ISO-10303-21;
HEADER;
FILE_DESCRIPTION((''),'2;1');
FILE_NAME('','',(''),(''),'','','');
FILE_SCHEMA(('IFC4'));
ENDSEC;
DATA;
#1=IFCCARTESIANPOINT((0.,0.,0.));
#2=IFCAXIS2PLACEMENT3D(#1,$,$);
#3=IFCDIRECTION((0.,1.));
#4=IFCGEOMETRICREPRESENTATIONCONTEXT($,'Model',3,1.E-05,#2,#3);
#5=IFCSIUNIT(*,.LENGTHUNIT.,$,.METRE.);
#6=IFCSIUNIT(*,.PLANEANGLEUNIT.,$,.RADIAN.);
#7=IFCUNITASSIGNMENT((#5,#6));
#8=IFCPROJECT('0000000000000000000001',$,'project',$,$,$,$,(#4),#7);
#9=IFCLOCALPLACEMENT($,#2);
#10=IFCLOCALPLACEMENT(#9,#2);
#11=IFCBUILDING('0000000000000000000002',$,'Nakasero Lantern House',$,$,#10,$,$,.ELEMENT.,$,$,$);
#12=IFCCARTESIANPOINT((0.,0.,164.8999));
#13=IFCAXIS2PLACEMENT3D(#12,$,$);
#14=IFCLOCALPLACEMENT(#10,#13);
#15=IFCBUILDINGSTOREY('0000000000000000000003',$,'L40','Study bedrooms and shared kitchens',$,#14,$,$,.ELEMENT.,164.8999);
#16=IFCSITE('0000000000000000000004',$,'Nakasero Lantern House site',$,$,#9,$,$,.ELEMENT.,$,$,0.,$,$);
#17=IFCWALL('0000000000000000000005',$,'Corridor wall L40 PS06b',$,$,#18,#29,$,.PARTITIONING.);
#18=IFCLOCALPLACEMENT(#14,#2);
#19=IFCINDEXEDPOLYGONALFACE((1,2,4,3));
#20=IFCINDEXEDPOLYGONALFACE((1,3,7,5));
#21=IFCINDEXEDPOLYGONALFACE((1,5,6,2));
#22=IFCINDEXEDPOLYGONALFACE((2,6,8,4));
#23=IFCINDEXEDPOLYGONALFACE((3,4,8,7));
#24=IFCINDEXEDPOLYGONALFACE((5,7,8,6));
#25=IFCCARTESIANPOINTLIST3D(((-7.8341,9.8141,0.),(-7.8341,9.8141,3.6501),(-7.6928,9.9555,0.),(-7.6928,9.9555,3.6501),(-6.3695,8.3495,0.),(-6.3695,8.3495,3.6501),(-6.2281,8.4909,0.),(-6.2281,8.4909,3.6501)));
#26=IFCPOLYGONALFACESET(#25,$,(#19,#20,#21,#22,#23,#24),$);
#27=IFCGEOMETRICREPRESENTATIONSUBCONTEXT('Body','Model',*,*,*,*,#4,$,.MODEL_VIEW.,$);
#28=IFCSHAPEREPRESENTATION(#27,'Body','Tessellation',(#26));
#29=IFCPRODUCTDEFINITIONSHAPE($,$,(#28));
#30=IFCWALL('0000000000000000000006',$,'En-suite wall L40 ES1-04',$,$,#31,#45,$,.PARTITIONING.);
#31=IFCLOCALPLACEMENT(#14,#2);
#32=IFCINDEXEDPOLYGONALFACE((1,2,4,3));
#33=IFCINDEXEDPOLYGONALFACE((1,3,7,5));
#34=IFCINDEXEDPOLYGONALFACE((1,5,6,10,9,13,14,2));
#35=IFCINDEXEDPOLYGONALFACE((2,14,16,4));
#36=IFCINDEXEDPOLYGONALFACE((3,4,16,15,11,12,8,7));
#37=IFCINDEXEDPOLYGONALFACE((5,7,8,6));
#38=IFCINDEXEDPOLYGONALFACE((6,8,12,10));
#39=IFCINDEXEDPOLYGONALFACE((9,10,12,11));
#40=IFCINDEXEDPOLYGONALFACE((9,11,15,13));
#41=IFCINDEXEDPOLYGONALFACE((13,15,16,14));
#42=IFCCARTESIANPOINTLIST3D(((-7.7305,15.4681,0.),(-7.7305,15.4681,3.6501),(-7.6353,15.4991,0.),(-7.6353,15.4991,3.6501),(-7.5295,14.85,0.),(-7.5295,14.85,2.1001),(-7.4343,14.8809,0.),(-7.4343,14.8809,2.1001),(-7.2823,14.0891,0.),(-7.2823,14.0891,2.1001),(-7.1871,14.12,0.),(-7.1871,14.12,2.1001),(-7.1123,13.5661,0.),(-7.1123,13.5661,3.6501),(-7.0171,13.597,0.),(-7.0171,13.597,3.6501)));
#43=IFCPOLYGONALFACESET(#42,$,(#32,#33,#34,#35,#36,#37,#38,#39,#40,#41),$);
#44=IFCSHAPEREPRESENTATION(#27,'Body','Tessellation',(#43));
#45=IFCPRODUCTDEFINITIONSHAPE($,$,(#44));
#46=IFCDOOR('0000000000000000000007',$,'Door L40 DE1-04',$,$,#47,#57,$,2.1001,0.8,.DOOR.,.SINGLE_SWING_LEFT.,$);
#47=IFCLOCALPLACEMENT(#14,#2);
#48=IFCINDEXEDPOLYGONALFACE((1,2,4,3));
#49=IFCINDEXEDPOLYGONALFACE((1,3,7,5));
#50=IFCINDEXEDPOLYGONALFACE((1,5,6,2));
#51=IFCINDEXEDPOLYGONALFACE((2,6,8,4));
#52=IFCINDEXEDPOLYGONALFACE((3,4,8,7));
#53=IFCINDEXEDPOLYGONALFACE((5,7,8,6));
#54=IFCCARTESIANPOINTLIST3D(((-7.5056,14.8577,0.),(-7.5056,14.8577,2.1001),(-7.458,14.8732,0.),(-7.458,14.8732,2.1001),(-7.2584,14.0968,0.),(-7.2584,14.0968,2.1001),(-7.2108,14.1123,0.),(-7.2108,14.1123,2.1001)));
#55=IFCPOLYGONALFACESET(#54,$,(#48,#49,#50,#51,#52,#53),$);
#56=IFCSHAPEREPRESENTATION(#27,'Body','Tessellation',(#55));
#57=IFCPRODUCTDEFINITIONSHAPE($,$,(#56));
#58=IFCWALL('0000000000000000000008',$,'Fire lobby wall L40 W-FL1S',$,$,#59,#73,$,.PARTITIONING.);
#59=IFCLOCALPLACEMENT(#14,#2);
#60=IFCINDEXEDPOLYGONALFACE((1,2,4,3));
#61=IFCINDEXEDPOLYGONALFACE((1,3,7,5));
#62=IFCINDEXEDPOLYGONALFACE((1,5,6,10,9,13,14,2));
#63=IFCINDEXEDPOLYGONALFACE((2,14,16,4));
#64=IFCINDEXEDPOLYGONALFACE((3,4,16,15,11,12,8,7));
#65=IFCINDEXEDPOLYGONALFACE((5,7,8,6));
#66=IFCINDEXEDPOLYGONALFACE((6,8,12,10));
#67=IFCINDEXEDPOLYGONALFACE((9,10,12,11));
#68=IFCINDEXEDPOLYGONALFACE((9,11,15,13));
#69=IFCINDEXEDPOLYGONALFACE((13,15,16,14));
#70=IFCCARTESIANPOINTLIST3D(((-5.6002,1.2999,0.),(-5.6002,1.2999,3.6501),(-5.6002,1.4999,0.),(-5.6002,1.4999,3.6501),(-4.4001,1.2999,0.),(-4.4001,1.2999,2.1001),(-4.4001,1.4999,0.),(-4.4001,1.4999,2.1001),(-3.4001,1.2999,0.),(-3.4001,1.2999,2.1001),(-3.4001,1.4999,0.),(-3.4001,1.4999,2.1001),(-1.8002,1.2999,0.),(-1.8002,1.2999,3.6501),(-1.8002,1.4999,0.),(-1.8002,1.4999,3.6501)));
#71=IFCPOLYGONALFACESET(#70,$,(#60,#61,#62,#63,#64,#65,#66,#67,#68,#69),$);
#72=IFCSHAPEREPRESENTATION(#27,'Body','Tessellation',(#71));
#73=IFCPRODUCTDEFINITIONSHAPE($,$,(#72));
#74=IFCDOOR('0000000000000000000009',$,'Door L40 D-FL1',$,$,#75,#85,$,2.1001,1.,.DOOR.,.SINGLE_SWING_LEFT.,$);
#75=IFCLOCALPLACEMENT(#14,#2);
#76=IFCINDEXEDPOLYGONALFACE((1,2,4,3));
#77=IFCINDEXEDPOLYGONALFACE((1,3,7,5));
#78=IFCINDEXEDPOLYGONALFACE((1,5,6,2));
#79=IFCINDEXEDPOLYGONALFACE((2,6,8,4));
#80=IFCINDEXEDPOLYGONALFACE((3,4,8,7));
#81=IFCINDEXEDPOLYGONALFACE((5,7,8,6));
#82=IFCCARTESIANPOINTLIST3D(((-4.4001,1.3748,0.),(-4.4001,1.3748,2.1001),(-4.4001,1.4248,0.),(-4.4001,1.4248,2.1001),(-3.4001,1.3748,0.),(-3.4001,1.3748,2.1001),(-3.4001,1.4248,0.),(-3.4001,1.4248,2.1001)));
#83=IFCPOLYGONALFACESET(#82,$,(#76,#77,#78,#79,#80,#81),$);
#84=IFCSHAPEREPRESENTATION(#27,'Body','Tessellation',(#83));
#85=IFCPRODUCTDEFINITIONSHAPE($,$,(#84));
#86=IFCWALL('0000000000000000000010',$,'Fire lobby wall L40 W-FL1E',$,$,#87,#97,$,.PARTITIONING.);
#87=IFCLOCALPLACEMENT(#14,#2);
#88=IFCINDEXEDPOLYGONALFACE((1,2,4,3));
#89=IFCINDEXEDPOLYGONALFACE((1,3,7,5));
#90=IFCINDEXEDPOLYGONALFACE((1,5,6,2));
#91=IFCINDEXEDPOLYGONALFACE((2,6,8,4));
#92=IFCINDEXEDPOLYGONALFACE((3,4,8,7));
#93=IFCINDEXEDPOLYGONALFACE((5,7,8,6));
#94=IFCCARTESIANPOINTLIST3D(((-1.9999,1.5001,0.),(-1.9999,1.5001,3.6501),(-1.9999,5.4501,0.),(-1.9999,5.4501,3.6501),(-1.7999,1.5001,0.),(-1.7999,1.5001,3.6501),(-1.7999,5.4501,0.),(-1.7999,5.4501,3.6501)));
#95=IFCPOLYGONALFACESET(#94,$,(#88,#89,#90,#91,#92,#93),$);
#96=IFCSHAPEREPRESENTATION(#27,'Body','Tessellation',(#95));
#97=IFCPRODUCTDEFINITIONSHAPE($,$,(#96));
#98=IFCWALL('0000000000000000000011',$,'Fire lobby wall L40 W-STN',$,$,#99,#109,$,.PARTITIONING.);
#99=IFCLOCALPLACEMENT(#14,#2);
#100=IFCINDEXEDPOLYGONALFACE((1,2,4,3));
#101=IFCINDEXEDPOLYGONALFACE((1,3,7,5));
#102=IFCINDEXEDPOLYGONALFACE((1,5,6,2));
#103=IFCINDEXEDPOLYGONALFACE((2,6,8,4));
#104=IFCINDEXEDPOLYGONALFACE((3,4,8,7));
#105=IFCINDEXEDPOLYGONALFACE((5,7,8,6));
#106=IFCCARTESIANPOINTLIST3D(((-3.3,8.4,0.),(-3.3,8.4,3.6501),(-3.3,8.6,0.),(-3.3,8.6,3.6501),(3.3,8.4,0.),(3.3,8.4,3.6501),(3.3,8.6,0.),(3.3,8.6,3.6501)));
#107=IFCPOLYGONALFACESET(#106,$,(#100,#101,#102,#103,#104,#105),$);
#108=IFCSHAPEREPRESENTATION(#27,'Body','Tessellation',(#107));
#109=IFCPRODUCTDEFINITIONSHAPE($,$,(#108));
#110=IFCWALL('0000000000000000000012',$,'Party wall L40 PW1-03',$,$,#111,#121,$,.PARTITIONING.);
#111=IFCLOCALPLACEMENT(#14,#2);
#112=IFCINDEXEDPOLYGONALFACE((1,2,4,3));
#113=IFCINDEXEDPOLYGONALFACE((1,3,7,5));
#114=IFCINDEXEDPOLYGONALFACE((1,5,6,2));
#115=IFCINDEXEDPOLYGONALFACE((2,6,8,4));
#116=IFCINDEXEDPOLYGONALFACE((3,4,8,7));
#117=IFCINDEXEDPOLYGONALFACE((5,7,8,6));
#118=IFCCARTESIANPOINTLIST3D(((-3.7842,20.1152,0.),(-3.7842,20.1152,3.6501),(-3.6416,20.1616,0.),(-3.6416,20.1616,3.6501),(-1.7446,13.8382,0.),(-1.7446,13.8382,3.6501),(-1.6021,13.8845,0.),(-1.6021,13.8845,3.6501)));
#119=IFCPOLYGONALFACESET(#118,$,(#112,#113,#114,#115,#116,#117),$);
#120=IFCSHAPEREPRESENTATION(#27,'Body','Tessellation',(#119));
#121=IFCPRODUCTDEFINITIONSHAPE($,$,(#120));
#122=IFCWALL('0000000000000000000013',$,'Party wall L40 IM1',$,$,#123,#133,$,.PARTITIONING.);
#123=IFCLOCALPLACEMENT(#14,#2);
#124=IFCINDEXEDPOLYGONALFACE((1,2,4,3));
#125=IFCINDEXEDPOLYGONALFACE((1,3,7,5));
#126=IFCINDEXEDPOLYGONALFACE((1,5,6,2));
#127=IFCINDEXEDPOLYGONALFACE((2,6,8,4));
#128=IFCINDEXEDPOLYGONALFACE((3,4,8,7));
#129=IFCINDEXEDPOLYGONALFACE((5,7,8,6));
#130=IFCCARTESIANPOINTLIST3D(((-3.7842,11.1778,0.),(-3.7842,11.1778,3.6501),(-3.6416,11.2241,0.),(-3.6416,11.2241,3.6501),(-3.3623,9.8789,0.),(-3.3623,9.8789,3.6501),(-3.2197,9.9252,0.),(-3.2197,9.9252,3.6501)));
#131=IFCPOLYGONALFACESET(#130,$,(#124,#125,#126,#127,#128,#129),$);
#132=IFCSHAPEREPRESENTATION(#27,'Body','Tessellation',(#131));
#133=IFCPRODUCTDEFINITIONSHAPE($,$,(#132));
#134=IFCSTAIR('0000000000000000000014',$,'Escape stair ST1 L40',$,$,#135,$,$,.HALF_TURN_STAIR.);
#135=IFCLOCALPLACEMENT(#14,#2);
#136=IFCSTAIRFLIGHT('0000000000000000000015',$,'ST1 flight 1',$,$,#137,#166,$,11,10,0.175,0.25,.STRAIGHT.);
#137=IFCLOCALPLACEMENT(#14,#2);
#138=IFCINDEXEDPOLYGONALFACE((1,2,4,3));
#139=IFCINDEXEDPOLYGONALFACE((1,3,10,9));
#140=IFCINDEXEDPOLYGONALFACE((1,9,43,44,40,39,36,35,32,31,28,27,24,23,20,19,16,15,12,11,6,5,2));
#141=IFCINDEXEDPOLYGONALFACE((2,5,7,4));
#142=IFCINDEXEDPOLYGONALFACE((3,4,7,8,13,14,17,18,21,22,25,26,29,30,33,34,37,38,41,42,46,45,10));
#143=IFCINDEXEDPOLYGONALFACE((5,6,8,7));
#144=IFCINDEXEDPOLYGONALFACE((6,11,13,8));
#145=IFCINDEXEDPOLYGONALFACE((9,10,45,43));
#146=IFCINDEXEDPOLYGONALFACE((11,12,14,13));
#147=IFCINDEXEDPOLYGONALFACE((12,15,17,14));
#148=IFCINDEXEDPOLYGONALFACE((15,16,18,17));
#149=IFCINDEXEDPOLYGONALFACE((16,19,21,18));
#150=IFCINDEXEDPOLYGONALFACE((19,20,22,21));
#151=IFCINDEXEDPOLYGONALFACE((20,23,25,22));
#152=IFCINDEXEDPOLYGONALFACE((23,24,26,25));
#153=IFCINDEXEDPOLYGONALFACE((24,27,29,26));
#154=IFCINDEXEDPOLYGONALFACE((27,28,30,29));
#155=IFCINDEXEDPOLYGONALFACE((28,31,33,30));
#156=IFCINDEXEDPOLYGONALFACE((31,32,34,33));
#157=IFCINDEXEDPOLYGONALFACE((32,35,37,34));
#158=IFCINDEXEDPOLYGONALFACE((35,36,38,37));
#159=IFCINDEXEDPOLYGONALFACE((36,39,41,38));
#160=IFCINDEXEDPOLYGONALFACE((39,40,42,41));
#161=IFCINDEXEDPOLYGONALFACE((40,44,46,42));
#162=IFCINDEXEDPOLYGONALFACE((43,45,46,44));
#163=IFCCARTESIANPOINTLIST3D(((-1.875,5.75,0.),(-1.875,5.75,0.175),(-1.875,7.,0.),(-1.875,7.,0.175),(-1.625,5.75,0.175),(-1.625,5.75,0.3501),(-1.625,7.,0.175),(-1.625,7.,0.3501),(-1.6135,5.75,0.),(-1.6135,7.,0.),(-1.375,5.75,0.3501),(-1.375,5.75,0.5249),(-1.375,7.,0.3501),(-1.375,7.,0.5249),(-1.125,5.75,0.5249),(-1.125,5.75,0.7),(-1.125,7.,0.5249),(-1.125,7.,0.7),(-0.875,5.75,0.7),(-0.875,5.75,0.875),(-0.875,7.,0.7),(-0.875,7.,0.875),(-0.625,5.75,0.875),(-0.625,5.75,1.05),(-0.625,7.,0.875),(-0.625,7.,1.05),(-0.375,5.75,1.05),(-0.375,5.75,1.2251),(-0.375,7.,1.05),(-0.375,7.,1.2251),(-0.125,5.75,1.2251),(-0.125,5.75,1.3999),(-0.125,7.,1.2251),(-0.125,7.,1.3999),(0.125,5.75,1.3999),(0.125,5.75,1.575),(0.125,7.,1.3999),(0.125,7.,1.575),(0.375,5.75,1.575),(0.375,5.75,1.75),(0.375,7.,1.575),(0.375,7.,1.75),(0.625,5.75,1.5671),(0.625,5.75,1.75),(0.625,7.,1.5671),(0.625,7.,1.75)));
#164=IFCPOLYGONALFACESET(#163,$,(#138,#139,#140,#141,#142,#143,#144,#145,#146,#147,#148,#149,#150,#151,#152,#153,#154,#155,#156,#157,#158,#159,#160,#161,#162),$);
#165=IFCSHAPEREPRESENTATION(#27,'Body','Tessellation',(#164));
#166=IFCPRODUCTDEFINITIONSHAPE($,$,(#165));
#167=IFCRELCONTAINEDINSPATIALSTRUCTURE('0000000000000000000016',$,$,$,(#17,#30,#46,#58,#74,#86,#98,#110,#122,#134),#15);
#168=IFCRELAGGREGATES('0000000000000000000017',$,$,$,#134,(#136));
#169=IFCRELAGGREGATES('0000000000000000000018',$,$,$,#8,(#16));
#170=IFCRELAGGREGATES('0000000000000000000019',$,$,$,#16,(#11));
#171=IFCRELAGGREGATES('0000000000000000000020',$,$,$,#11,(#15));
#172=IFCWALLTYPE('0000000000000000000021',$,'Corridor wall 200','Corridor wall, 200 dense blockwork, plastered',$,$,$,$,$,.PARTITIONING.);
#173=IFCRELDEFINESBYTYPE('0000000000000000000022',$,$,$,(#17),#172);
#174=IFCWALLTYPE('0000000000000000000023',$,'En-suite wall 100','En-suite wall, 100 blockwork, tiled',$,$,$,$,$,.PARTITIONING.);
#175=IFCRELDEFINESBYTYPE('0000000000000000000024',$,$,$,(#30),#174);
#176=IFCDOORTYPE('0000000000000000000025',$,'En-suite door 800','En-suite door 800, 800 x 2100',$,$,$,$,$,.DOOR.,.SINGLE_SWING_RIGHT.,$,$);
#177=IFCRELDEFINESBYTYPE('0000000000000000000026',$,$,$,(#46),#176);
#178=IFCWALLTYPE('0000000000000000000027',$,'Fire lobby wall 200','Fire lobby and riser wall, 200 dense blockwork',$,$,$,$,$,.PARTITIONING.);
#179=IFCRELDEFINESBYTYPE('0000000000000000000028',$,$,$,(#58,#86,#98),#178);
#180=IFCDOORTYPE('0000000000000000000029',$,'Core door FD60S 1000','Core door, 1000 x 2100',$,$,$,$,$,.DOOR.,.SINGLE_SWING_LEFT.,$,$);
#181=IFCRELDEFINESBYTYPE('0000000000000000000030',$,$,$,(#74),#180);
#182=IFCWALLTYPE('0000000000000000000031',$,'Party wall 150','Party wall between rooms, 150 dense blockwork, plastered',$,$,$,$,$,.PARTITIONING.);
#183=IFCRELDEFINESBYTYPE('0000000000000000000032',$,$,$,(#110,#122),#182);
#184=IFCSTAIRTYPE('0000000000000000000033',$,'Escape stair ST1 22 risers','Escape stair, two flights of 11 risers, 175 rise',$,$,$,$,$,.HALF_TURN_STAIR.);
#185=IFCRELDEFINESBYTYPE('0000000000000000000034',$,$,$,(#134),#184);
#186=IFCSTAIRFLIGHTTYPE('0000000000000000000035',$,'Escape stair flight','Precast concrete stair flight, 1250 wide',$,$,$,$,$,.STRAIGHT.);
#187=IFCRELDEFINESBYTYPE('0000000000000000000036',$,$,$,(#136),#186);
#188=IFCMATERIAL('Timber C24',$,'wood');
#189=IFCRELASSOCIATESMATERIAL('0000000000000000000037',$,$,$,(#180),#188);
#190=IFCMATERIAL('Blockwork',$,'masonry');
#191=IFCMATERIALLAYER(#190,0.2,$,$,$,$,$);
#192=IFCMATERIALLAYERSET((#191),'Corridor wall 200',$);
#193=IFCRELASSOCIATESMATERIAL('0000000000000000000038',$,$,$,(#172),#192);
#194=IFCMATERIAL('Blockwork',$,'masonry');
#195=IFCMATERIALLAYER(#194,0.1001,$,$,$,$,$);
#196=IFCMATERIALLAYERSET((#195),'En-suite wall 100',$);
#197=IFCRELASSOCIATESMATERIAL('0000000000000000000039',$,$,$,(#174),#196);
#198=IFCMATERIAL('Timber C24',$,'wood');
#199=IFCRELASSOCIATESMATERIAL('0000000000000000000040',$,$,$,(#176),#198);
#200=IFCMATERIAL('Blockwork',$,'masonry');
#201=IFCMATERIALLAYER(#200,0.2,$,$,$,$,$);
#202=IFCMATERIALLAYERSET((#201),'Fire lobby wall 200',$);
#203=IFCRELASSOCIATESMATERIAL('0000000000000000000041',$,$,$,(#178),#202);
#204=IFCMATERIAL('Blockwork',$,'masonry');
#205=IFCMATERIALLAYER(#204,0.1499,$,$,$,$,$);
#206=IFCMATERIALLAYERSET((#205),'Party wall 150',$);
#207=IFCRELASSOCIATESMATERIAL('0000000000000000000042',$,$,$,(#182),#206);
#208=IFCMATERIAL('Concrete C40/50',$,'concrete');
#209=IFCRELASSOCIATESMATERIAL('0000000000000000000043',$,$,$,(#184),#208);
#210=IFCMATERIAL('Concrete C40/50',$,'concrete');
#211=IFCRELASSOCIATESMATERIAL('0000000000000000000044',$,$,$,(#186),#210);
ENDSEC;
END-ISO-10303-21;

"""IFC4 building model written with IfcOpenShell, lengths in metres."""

from ifc_helpers import new_model, si_unit, direction, frame, frame_2d, origin, place, context, subcontext, project, spatial, polyline, rectangle, outline, extrude, material, layer, layer_set, type_object, element, fill, aggregate, save


model = new_model("IFC4")

# Units and contexts
model_context = context("Model", 3, precision=1e-05, world=origin(), true_north=direction((0.0, 1.0)))
body_context = subcontext(model_context, "Body", "Model", "MODEL_VIEW")
ifc_project = project(units=[si_unit("LENGTHUNIT", "METRE"), si_unit("PLANEANGLEUNIT", "RADIAN")], contexts=[model_context])

# Site, building, storey
site_placement = place(None, origin())
site = spatial("IfcSite", under=ifc_project, at=site_placement, Name="Nakasero Lantern House site", CompositionType="ELEMENT", RefElevation=0.0)
building_placement = place(site_placement, origin())
building = spatial("IfcBuilding", under=site, at=building_placement, Name="Nakasero Lantern House", CompositionType="ELEMENT")
storey_placement = place(building_placement, frame((0.0, 0.0, 164.8999)))
storey = spatial("IfcBuildingStorey", under=building, at=storey_placement, Name="L40", Description="Study bedrooms and shared kitchens", CompositionType="ELEMENT", Elevation=164.8999)

# Shared definitions
ifc_material_1 = material(Name="Timber C24", Category="wood")
door_type_1 = type_object("IfcDoorType", Name="Core door FD60S 1000", Description="Core door, 1000 x 2100", OperationType="SINGLE_SWING_LEFT", PredefinedType="DOOR", material=ifc_material_1)

# Wall
ifc_material_2 = material(Name="Blockwork", Category="masonry")
ifc_layer_1 = layer(ifc_material_2, 0.2)
ifc_layer_set_1 = layer_set([ifc_layer_1], Name="Corridor wall 200")
wall_type_1 = type_object("IfcWallType", Name="Corridor wall 200", Description="Corridor wall, 200 dense blockwork, plastered", PredefinedType="PARTITIONING", material=ifc_layer_set_1)
wall_1_placement = place(storey_placement, frame((-6.2988, 8.4202, 0.0), z_axis=(0.0, 0.0, 1.0), x_axis=(-0.707107, 0.707107, 0.0)))
element("IfcWall", 1, at=wall_1_placement, inside=storey, type_object=wall_type_1, Name="Corridor wall L40 PS06b", PredefinedType="PARTITIONING", context=body_context, shape_type="SweptSolid", body=[
    extrude(rectangle(XDim=2.0713, YDim=0.2, at=frame_2d((1.0356, 0.0))), origin(), (0.0, 0.0, 1.0), 3.6501),
])

# Walls, openings, doors
ifc_material_3 = material(Name="Blockwork", Category="masonry")
ifc_layer_2 = layer(ifc_material_3, 0.1001)
ifc_layer_set_2 = layer_set([ifc_layer_2], Name="En-suite wall 100")
wall_type_2 = type_object("IfcWallType", Name="En-suite wall 100", Description="En-suite wall, 100 blockwork, tiled", PredefinedType="PARTITIONING", material=ifc_layer_set_2)
wall_2_placement = place(storey_placement, frame((-7.0647, 13.5815, 0.0), z_axis=(0.0, 0.0, 1.0), x_axis=(-0.309078, 0.951037, 0.0)))
wall_2 = element("IfcWall", 2, at=wall_2_placement, inside=storey, type_object=wall_type_2, Name="En-suite wall L40 ES1-04", PredefinedType="PARTITIONING", context=body_context, shape_type="SweptSolid", body=[
    extrude(rectangle(XDim=2.0, YDim=0.1001, at=frame_2d((1.0, 0.0))), origin(), (0.0, 0.0, 1.0), 3.6501),
])
opening_1_placement = place(wall_2_placement, frame((0.55, 0.0, 0.0)))
opening_1 = element("IfcOpeningElement", 3, at=opening_1_placement, cuts=wall_2, PredefinedType="OPENING", context=body_context, shape_type="SweptSolid", body=[
    extrude(rectangle(XDim=0.8, YDim=2.1001, at=frame_2d((0.3999, 1.05))), frame((0.0, 0.0701, 0.0), z_axis=(0.0, -1.0, 0.0), x_axis=(1.0, 0.0, 0.0)), (0.0, 0.0, 1.0), 0.1401),
])
ifc_material_4 = material(Name="Timber C24", Category="wood")
door_type_2 = type_object("IfcDoorType", Name="En-suite door 800", Description="En-suite door 800, 800 x 2100", OperationType="SINGLE_SWING_RIGHT", PredefinedType="DOOR", material=ifc_material_4)
door_1_placement = place(opening_1_placement, origin())
door_1 = element("IfcDoor", 4, at=door_1_placement, inside=storey, type_object=door_type_2, Name="Door L40 DE1-04", OperationType="SINGLE_SWING_LEFT", OverallHeight=2.1001, OverallWidth=0.8, PredefinedType="DOOR", context=body_context, shape_type="SweptSolid", body=[
    extrude(rectangle(XDim=0.8, YDim=2.1001, at=frame_2d((0.3999, 1.05))), frame((0.0, 0.0249, 0.0), z_axis=(0.0, -1.0, 0.0), x_axis=(1.0, 0.0, 0.0)), (0.0, 0.0, 1.0), 0.05),
])
fill(opening_1, door_1)
ifc_material_5 = material(Name="Blockwork", Category="masonry")
ifc_layer_3 = layer(ifc_material_5, 0.2)
ifc_layer_set_3 = layer_set([ifc_layer_3], Name="Fire lobby wall 200")
wall_type_3 = type_object("IfcWallType", Name="Fire lobby wall 200", Description="Fire lobby and riser wall, 200 dense blockwork", PredefinedType="PARTITIONING", material=ifc_layer_set_3)
wall_3_placement = place(storey_placement, frame((-5.6001, 1.3999, 0.0), z_axis=(0.0, 0.0, 1.0), x_axis=(1.0, 0.0, 0.0)))
wall_3 = element("IfcWall", 5, at=wall_3_placement, inside=storey, type_object=wall_type_3, Name="Fire lobby wall L40 W-FL1S", PredefinedType="PARTITIONING", context=body_context, shape_type="SweptSolid", body=[
    extrude(rectangle(XDim=3.8, YDim=0.2, at=frame_2d((1.8999, 0.0))), origin(), (0.0, 0.0, 1.0), 3.6501),
])
opening_2_placement = place(wall_3_placement, frame((1.2, 0.0, 0.0)))
opening_2 = element("IfcOpeningElement", 6, at=opening_2_placement, cuts=wall_3, PredefinedType="OPENING", context=body_context, shape_type="SweptSolid", body=[
    extrude(rectangle(XDim=1.0, YDim=2.1001, at=frame_2d((0.5, 1.05))), frame((0.0, 0.1199, 0.0), z_axis=(0.0, -1.0, 0.0), x_axis=(1.0, 0.0, 0.0)), (0.0, 0.0, 1.0), 0.24),
])
door_2_placement = place(opening_2_placement, origin())
door_2 = element("IfcDoor", 7, at=door_2_placement, inside=storey, type_object=door_type_1, Name="Door L40 D-FL1", OperationType="SINGLE_SWING_LEFT", OverallHeight=2.1001, OverallWidth=1.0, PredefinedType="DOOR", context=body_context, shape_type="SweptSolid", body=[
    extrude(rectangle(XDim=1.0, YDim=2.1001, at=frame_2d((0.5, 1.05))), frame((0.0, 0.0249, 0.0), z_axis=(0.0, -1.0, 0.0), x_axis=(1.0, 0.0, 0.0)), (0.0, 0.0, 1.0), 0.05),
])
fill(opening_2, door_2)

# Walls
wall_4_placement = place(storey_placement, frame((-1.8999, 1.5, 0.0), z_axis=(0.0, 0.0, 1.0), x_axis=(0.0, 1.0, 0.0)))
element("IfcWall", 8, at=wall_4_placement, inside=storey, type_object=wall_type_3, Name="Fire lobby wall L40 W-FL1E", PredefinedType="PARTITIONING", context=body_context, shape_type="SweptSolid", body=[
    extrude(rectangle(XDim=3.95, YDim=0.2, at=frame_2d((1.9751, 0.0))), origin(), (0.0, 0.0, 1.0), 3.6501),
])
wall_5_placement = place(storey_placement, frame((-3.3, 8.5, 0.0), z_axis=(0.0, 0.0, 1.0), x_axis=(1.0, 0.0, 0.0)))
element("IfcWall", 9, at=wall_5_placement, inside=storey, type_object=wall_type_3, Name="Fire lobby wall L40 W-STN", PredefinedType="PARTITIONING", context=body_context, shape_type="SweptSolid", body=[
    extrude(rectangle(XDim=6.6001, YDim=0.2, at=frame_2d((3.3, 0.0))), origin(), (0.0, 0.0, 1.0), 3.6501),
])
ifc_material_6 = material(Name="Blockwork", Category="masonry")
ifc_layer_4 = layer(ifc_material_6, 0.1499)
ifc_layer_set_4 = layer_set([ifc_layer_4], Name="Party wall 150")
wall_type_4 = type_object("IfcWallType", Name="Party wall 150", Description="Party wall between rooms, 150 dense blockwork, plastered", PredefinedType="PARTITIONING", material=ifc_layer_set_4)
wall_6_placement = place(storey_placement, frame((-1.6733, 13.8613, 0.0), z_axis=(0.0, 0.0, 1.0), x_axis=(-0.309017, 0.951057, 0.0)))
element("IfcWall", 10, at=wall_6_placement, inside=storey, type_object=wall_type_4, Name="Party wall L40 PW1-03", PredefinedType="PARTITIONING", context=body_context, shape_type="SweptSolid", body=[
    extrude(rectangle(XDim=6.6001, YDim=0.1499, at=frame_2d((3.3, 0.0))), origin(), (0.0, 0.0, 1.0), 3.6501),
])
wall_7_placement = place(storey_placement, frame((-3.7129, 11.2009, 0.0), z_axis=(0.0, 0.0, 1.0), x_axis=(0.308924, -0.951087, 0.0)))
element("IfcWall", 11, at=wall_7_placement, inside=storey, type_object=wall_type_4, Name="Party wall L40 IM1", PredefinedType="PARTITIONING", context=body_context, shape_type="SweptSolid", body=[
    extrude(rectangle(XDim=1.3657, YDim=0.1499, at=frame_2d((0.6829, 0.0))), origin(), (0.0, 0.0, 1.0), 3.6501),
])

# Stair, stair flight
ifc_material_7 = material(Name="Concrete C40/50", Category="concrete")
stair_type = type_object("IfcStairType", Name="Escape stair ST1 22 risers", Description="Escape stair, two flights of 11 risers, 175 rise", PredefinedType="HALF_TURN_STAIR", material=ifc_material_7)
stair_placement = place(storey_placement, origin())
stair = element("IfcStair", 12, at=stair_placement, inside=storey, type_object=stair_type, Name="Escape stair ST1 L40", PredefinedType="HALF_TURN_STAIR")
ifc_material_8 = material(Name="Concrete C40/50", Category="concrete")
stair_flight_type = type_object("IfcStairFlightType", Name="Escape stair flight", Description="Precast concrete stair flight, 1250 wide", PredefinedType="STRAIGHT", material=ifc_material_8)
stair_flight_placement = place(storey_placement, frame((-1.875, 6.375, 0.0), z_axis=(0.0, 0.0, 1.0), x_axis=(1.0, 0.0, 0.0)))
stair_flight = element("IfcStairFlight", 13, at=stair_flight_placement, type_object=stair_flight_type, Name="ST1 flight 1", NumberOfRisers=11, NumberOfTreads=10, PredefinedType="STRAIGHT", RiserHeight=0.175, TreadLength=0.25, context=body_context, shape_type="SweptSolid", body=[
    extrude(outline(polyline([(0.0, 0.0), (0.0, 0.175), (0.25, 0.175), (0.25, 0.3501), (0.5, 0.3501), (0.5, 0.5249), (0.75, 0.5249), (0.75, 0.7), (1.0, 0.7), (1.0, 0.875), (1.25, 0.875), (1.25, 1.05), (1.5, 1.05), (1.5, 1.2251), (1.75, 1.2251), (1.75, 1.3999), (2.0, 1.3999), (2.0, 1.575), (2.25, 1.575), (2.25, 1.75), (2.5, 1.75), (2.5, 1.925), (2.5, 1.5671), (0.2615, 0.0), (0.0, 0.0)])), frame((0.0, 0.625, 0.0), z_axis=(0.0, -1.0, 0.0), x_axis=(1.0, 0.0, 0.0)), (0.0, 0.0, 1.0), 1.25),
])
aggregate(stair, [stair_flight])

save(model, "model.ifc")
